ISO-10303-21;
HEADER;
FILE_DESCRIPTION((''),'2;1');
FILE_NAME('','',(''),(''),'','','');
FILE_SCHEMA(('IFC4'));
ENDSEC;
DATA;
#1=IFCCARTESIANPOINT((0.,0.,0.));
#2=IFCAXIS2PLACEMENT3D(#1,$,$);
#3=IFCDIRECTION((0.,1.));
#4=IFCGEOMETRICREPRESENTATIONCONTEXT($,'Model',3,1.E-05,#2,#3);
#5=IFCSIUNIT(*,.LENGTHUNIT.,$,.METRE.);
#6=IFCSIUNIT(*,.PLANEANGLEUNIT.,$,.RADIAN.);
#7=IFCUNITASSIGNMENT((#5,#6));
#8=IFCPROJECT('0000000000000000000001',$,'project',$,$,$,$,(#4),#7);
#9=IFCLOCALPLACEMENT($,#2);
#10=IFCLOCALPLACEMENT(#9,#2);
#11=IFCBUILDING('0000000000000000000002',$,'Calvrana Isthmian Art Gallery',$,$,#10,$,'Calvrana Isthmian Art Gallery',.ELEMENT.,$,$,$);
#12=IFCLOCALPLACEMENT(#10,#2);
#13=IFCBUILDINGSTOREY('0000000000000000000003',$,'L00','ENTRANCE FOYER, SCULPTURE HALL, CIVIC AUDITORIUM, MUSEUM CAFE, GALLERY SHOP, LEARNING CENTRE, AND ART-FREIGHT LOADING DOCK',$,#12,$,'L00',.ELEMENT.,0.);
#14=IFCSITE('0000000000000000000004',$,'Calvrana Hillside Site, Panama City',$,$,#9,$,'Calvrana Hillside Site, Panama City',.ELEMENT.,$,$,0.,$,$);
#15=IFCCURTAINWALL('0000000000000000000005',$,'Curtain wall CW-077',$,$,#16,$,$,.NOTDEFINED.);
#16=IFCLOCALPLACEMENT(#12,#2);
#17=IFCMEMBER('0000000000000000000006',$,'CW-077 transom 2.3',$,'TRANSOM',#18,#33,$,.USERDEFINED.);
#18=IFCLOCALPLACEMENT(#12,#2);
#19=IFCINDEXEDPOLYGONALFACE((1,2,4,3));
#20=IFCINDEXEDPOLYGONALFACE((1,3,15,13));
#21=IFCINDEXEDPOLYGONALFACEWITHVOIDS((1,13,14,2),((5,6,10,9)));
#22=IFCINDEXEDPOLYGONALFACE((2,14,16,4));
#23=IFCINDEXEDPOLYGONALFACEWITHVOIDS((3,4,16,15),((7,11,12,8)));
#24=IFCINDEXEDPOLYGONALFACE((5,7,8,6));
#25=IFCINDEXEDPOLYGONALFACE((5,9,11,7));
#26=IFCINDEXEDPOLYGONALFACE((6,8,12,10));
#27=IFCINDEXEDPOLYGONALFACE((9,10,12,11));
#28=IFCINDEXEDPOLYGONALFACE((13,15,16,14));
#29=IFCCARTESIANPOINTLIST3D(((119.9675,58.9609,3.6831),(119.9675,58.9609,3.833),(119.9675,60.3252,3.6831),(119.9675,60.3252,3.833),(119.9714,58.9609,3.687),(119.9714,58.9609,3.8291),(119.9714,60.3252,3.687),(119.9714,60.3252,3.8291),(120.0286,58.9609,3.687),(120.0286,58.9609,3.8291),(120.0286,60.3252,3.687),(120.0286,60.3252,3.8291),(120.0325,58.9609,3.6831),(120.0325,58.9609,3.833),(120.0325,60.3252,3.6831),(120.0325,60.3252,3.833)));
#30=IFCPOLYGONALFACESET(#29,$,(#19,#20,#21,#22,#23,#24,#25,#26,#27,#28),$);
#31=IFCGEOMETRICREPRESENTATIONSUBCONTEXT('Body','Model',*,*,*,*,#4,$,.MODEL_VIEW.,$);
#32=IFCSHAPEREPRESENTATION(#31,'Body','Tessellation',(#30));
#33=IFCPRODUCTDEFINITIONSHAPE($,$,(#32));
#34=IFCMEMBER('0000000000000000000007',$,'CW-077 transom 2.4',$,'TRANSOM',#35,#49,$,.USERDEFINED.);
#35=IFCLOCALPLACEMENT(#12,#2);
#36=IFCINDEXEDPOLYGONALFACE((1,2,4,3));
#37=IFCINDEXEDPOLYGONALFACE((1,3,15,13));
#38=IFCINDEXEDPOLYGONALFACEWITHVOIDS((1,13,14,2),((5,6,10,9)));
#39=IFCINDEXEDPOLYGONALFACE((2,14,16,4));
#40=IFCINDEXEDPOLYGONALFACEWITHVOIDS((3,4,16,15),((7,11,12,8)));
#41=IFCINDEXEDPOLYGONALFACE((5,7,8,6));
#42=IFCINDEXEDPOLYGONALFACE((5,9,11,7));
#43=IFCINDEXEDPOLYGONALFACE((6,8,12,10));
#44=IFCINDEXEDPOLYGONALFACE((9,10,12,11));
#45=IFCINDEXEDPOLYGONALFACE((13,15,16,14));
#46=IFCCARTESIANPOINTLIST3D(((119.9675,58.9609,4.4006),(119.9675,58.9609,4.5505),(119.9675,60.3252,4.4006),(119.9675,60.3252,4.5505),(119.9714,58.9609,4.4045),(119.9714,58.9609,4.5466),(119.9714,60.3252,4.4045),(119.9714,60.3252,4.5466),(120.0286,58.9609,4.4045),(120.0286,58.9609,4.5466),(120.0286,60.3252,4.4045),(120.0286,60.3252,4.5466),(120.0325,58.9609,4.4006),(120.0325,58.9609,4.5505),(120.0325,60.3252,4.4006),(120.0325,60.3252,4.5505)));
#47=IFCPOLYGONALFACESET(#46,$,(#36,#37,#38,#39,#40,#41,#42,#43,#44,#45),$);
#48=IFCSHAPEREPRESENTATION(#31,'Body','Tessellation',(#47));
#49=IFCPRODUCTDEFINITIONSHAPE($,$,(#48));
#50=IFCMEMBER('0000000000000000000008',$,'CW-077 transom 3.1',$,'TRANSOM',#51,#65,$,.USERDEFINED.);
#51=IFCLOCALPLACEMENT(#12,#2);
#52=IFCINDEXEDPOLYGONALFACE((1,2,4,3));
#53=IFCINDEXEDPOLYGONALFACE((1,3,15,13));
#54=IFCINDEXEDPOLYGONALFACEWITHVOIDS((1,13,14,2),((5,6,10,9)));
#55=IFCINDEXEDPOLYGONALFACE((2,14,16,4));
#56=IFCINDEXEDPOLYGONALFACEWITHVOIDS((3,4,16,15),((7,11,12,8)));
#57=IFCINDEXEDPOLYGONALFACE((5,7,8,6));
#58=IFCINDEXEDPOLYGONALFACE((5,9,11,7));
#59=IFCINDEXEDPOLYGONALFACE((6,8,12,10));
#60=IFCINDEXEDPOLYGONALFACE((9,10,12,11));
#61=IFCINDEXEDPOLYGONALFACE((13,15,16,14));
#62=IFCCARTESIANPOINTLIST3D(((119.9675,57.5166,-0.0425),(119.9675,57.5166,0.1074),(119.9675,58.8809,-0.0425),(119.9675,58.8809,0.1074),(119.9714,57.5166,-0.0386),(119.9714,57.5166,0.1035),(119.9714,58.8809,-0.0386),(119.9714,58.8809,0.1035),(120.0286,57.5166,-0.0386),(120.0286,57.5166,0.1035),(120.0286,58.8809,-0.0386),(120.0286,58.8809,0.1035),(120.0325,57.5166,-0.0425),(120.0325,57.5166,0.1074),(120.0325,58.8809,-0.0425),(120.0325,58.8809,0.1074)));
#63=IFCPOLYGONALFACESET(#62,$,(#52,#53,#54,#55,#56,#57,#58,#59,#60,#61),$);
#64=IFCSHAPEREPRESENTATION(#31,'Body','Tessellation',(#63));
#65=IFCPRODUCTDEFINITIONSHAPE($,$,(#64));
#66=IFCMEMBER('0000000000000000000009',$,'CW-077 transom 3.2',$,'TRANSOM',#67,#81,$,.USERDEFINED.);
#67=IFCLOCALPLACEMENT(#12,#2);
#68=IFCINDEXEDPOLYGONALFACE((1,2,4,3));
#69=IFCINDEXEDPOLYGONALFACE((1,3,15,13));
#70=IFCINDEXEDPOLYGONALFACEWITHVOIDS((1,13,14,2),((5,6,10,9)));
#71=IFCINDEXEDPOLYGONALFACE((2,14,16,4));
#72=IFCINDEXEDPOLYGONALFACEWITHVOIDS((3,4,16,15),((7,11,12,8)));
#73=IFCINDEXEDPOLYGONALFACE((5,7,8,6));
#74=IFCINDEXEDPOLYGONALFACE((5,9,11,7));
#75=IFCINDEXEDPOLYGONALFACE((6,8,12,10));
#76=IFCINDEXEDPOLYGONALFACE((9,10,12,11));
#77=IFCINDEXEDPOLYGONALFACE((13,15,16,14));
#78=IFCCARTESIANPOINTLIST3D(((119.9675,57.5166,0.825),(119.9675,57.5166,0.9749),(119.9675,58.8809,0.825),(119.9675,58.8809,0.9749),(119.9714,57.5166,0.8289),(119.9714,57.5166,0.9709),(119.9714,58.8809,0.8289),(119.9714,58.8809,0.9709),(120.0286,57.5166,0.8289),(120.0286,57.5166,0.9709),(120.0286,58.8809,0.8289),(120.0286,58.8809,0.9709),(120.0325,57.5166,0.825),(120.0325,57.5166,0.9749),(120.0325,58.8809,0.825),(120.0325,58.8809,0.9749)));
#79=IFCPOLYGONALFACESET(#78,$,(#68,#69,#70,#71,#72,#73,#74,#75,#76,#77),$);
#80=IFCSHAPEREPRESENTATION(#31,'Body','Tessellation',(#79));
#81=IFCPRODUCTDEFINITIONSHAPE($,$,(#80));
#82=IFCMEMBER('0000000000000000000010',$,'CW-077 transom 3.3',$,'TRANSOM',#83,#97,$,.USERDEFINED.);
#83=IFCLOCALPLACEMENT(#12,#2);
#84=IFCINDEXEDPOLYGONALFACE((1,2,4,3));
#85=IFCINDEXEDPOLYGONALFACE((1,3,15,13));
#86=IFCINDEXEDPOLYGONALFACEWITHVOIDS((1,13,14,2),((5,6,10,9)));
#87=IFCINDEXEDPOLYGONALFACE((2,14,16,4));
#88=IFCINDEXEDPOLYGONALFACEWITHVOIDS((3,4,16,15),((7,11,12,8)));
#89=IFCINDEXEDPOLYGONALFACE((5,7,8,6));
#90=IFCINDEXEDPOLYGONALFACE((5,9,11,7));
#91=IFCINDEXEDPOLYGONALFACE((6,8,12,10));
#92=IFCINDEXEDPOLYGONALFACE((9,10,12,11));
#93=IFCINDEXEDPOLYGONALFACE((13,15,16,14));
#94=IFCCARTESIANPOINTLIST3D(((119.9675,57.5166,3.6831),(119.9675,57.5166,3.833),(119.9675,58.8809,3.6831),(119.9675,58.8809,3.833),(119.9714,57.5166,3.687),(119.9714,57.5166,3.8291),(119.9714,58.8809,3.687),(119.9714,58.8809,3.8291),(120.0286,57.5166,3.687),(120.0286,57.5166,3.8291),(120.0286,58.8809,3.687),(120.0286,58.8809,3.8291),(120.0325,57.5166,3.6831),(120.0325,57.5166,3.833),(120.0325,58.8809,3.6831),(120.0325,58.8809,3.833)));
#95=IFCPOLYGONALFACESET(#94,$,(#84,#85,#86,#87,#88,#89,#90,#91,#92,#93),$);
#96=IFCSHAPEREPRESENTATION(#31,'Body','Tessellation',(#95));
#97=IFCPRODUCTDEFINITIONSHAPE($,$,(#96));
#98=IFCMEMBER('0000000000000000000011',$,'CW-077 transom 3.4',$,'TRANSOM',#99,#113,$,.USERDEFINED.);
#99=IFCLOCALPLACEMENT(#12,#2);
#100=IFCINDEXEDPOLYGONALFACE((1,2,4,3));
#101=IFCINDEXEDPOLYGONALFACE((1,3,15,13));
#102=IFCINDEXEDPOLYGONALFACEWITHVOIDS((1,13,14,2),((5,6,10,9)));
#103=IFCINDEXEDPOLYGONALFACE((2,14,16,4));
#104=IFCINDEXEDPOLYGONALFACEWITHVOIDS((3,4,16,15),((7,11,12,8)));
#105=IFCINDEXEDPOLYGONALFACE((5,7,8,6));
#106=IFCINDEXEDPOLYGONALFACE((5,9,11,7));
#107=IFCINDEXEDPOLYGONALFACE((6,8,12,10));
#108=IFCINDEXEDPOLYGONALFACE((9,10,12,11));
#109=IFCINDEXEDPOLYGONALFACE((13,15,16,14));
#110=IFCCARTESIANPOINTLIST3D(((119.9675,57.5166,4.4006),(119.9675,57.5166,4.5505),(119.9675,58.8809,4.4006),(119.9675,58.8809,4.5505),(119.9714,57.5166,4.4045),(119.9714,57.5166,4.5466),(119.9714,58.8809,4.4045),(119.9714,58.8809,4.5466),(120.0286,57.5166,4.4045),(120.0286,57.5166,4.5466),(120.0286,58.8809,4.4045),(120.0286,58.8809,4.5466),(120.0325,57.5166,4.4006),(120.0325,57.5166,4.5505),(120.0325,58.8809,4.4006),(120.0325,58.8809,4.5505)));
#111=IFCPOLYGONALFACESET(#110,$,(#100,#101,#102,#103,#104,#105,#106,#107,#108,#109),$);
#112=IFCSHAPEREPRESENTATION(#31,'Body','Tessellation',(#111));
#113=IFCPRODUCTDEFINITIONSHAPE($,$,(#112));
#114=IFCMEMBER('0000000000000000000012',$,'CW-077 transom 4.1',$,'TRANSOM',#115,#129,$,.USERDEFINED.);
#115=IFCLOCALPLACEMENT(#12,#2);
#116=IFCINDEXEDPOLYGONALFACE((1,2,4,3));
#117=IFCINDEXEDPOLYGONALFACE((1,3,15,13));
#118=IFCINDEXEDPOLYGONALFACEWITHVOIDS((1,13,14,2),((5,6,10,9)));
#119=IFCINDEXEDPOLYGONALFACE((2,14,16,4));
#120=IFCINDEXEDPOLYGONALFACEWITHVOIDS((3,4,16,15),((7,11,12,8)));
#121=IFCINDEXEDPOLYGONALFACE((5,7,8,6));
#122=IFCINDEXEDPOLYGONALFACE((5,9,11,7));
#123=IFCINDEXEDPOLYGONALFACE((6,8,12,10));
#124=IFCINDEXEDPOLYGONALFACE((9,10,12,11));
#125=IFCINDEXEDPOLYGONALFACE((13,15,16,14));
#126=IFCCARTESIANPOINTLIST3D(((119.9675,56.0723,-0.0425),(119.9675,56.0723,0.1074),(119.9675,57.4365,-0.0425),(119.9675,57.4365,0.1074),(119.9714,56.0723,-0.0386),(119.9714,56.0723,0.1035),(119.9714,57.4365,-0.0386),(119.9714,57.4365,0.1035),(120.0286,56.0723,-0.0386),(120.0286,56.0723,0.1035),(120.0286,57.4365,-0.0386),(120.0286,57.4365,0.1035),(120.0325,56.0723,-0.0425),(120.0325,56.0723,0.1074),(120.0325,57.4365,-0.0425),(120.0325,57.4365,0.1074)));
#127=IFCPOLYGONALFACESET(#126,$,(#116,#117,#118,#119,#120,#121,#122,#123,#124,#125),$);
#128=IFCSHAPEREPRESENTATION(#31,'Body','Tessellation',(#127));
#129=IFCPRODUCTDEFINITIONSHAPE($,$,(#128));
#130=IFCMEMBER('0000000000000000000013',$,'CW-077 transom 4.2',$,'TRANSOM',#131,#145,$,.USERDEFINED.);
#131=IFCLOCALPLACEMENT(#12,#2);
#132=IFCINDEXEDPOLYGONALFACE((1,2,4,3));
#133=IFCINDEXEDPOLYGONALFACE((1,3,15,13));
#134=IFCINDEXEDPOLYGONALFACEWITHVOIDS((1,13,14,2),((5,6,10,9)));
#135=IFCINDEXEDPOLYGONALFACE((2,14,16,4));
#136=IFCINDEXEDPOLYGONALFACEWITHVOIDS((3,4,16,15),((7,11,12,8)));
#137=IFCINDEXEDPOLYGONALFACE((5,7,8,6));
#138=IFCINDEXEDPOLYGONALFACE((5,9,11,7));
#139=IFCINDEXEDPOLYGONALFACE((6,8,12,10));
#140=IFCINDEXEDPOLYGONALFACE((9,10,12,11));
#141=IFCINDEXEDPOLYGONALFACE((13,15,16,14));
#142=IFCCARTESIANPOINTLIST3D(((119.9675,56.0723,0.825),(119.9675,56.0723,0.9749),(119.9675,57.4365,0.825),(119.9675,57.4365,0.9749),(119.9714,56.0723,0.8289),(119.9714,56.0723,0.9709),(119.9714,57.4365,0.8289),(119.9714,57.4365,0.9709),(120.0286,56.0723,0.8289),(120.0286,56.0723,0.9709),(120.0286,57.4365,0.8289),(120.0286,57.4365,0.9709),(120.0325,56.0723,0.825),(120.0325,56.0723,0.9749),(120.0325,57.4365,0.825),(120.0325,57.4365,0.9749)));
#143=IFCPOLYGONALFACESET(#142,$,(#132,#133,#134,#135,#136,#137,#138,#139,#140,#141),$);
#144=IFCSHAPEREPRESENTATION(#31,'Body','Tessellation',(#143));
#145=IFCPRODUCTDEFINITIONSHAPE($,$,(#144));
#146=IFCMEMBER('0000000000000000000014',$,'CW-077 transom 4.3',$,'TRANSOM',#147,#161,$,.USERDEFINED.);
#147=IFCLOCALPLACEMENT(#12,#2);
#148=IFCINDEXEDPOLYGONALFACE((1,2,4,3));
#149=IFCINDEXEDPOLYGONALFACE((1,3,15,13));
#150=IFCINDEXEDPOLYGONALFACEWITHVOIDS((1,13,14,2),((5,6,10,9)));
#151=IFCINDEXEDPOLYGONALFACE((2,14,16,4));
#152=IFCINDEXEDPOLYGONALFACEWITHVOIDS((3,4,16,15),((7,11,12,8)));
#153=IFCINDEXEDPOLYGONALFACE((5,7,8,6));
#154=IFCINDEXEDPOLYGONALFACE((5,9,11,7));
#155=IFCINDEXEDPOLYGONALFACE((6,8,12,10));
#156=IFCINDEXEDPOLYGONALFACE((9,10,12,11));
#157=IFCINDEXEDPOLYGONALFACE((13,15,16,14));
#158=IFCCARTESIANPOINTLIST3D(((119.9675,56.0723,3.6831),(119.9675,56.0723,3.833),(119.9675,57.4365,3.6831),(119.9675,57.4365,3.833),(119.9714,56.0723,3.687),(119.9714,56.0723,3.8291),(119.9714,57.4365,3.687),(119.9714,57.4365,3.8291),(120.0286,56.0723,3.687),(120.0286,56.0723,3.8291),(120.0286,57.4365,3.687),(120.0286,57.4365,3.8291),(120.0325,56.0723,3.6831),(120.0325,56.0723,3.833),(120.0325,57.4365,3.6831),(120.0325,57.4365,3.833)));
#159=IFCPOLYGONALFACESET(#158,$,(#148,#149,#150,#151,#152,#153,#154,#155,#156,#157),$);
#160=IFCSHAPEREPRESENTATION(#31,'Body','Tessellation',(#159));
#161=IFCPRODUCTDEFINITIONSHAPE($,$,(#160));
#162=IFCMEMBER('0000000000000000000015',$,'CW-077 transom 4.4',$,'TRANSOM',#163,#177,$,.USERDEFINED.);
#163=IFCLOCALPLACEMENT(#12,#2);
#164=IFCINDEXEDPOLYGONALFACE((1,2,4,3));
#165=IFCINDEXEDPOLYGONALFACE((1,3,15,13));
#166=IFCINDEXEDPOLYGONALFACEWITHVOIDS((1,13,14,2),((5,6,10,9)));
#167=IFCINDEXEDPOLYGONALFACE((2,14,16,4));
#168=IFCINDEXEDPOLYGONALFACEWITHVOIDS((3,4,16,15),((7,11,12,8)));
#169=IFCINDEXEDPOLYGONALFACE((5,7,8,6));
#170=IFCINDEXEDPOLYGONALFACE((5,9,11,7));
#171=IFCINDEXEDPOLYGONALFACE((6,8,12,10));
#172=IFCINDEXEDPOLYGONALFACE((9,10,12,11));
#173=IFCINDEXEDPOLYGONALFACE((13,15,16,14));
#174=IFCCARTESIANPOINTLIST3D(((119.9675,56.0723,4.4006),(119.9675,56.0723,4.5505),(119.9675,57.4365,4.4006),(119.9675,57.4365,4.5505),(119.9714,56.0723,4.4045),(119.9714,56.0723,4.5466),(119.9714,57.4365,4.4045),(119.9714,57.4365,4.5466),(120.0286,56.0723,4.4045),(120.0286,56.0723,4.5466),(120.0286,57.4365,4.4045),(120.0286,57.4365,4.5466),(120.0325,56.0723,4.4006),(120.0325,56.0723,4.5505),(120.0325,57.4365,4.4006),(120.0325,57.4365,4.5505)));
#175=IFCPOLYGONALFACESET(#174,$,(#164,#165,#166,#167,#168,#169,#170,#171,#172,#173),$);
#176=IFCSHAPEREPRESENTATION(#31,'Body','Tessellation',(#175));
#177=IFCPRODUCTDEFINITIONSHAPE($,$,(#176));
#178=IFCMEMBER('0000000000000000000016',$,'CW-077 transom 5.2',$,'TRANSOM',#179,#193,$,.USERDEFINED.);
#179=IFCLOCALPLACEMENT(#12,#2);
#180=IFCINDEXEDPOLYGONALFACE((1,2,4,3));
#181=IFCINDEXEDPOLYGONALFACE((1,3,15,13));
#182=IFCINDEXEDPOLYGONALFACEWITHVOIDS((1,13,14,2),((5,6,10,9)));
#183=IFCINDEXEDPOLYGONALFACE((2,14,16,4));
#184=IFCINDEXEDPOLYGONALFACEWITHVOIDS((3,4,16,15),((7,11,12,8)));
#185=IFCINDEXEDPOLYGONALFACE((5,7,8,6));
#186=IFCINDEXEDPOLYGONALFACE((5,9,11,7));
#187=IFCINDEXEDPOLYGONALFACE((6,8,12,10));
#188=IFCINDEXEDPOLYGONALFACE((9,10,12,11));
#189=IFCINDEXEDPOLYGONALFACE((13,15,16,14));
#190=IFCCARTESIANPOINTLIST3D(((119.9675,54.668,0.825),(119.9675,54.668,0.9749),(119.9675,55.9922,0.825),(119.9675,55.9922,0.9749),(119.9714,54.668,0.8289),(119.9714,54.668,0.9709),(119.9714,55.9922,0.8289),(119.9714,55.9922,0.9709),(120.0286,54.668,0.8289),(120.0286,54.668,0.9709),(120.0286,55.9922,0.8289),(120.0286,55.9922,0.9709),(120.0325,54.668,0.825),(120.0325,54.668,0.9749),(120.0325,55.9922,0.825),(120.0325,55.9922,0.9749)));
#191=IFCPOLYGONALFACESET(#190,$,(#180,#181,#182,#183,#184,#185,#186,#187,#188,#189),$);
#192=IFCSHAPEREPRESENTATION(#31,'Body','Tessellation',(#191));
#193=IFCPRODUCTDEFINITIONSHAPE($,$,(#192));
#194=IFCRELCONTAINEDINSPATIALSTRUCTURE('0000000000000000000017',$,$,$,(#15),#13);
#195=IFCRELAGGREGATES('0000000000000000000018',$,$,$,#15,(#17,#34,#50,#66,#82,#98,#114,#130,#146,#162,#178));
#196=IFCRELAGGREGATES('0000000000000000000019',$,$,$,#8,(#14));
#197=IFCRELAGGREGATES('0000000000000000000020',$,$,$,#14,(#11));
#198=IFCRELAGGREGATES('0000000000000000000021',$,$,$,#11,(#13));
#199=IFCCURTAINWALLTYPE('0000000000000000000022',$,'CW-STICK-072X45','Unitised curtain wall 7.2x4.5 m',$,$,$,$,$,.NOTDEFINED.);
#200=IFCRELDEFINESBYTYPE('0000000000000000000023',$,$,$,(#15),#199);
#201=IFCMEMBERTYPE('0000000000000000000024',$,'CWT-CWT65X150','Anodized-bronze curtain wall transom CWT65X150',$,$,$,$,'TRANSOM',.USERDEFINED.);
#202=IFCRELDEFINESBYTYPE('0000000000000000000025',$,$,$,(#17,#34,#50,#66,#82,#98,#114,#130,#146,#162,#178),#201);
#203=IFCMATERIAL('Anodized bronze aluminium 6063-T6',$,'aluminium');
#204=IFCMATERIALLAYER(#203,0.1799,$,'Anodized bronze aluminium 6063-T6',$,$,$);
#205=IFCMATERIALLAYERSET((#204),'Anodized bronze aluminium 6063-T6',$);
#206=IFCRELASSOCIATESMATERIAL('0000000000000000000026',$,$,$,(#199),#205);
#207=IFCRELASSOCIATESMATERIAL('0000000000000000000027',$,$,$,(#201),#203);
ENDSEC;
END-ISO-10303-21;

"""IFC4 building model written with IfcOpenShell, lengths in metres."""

from ifc_helpers import new_model, si_unit, direction, frame, origin, origin_2d, place, context, subcontext, project, spatial, hollow_rectangle, extrude, material, layer, layer_set, material_profile, profile_set, type_object, element, aggregate, save


model = new_model("IFC4")

# Units and contexts
model_context = context("Model", 3, precision=1e-05, world=origin(), true_north=direction((0.0, 1.0)))
body_context = subcontext(model_context, "Body", "Model", "MODEL_VIEW")
ifc_project = project(units=[si_unit("LENGTHUNIT", "METRE"), si_unit("PLANEANGLEUNIT", "RADIAN")], contexts=[model_context])

# Site, building, storey
site_placement = place(None, origin())
site = spatial("IfcSite", under=ifc_project, at=site_placement, Name="Calvrana Hillside Site, Panama City", LongName="Calvrana Hillside Site, Panama City", CompositionType="ELEMENT", RefElevation=0.0)
building_placement = place(site_placement, origin())
building = spatial("IfcBuilding", under=site, at=building_placement, Name="Calvrana Isthmian Art Gallery", LongName="Calvrana Isthmian Art Gallery", CompositionType="ELEMENT")
storey_placement = place(building_placement, origin())
storey = spatial("IfcBuildingStorey", under=building, at=storey_placement, Name="L00", Description="ENTRANCE FOYER, SCULPTURE HALL, CIVIC AUDITORIUM, MUSEUM CAFE, GALLERY SHOP, LEARNING CENTRE, AND ART-FREIGHT LOADING DOCK", LongName="L00", CompositionType="ELEMENT", Elevation=0.0)

# Curtain wall, members
ifc_material_1 = material(Name="Anodized bronze aluminium 6063-T6", Category="aluminium")
ifc_layer_1 = layer(ifc_material_1, 0.1799, Name="Anodized bronze aluminium 6063-T6")
ifc_layer_set_1 = layer_set([ifc_layer_1], Name="Anodized bronze aluminium 6063-T6")
curtain_wall_type = type_object("IfcCurtainWallType", Name="CW-STICK-072X45", Description="Unitised curtain wall 7.2x4.5 m", PredefinedType="NOTDEFINED", material=ifc_layer_set_1)
curtain_wall_placement = place(storey_placement, origin())
curtain_wall = element("IfcCurtainWall", 1, at=curtain_wall_placement, inside=storey, type_object=curtain_wall_type, Name="Curtain wall CW-077", PredefinedType="NOTDEFINED")
ifc_material_profile_1 = material_profile(ifc_material_1, hollow_rectangle(XDim=0.0649, YDim=0.1499, WallThickness=0.0039, at=origin_2d()), Name="CWT65X150")
ifc_profile_set_1 = profile_set([ifc_material_profile_1], Name="Anodized bronze aluminium 6063-T6")
member_type_1 = type_object("IfcMemberType", Name="CWT-CWT65X150", Description="Anodized-bronze curtain wall transom CWT65X150", ElementType="TRANSOM", PredefinedType="USERDEFINED", material=ifc_profile_set_1)
member_1_placement = place(storey_placement, frame((120.0, 60.3252, 3.7581), z_axis=(0.0, -1.0, 0.0), x_axis=(1.0, 0.0, 0.0)))
member_1 = element("IfcMember", 2, at=member_1_placement, type_object=member_type_1, Name="CW-077 transom 2.3", ObjectType="TRANSOM", PredefinedType="USERDEFINED", context=body_context, shape_type="SweptSolid", body=[
    extrude(hollow_rectangle(XDim=0.0649, YDim=0.1499, WallThickness=0.0039, at=origin_2d()), origin(), (0.0, 0.0, 1.0), 1.3643),
])
member_2_placement = place(storey_placement, frame((120.0, 60.3252, 4.4756), z_axis=(0.0, -1.0, 0.0), x_axis=(1.0, 0.0, 0.0)))
member_2 = element("IfcMember", 3, at=member_2_placement, type_object=member_type_1, Name="CW-077 transom 2.4", ObjectType="TRANSOM", PredefinedType="USERDEFINED", context=body_context, shape_type="SweptSolid", body=[
    extrude(hollow_rectangle(XDim=0.0649, YDim=0.1499, WallThickness=0.0039, at=origin_2d()), origin(), (0.0, 0.0, 1.0), 1.3643),
])
member_3_placement = place(storey_placement, frame((120.0, 58.8809, 0.0325), z_axis=(0.0, -1.0, 0.0), x_axis=(1.0, 0.0, 0.0)))
member_3 = element("IfcMember", 4, at=member_3_placement, type_object=member_type_1, Name="CW-077 transom 3.1", ObjectType="TRANSOM", PredefinedType="USERDEFINED", context=body_context, shape_type="SweptSolid", body=[
    extrude(hollow_rectangle(XDim=0.0649, YDim=0.1499, WallThickness=0.0039, at=origin_2d()), origin(), (0.0, 0.0, 1.0), 1.3643),
])
member_4_placement = place(storey_placement, frame((120.0, 58.8809, 0.8999), z_axis=(0.0, -1.0, 0.0), x_axis=(1.0, 0.0, 0.0)))
member_4 = element("IfcMember", 5, at=member_4_placement, type_object=member_type_1, Name="CW-077 transom 3.2", ObjectType="TRANSOM", PredefinedType="USERDEFINED", context=body_context, shape_type="SweptSolid", body=[
    extrude(hollow_rectangle(XDim=0.0649, YDim=0.1499, WallThickness=0.0039, at=origin_2d()), origin(), (0.0, 0.0, 1.0), 1.3643),
])
member_5_placement = place(storey_placement, frame((120.0, 58.8809, 3.7581), z_axis=(0.0, -1.0, 0.0), x_axis=(1.0, 0.0, 0.0)))
member_5 = element("IfcMember", 6, at=member_5_placement, type_object=member_type_1, Name="CW-077 transom 3.3", ObjectType="TRANSOM", PredefinedType="USERDEFINED", context=body_context, shape_type="SweptSolid", body=[
    extrude(hollow_rectangle(XDim=0.0649, YDim=0.1499, WallThickness=0.0039, at=origin_2d()), origin(), (0.0, 0.0, 1.0), 1.3643),
])
member_6_placement = place(storey_placement, frame((120.0, 58.8809, 4.4756), z_axis=(0.0, -1.0, 0.0), x_axis=(1.0, 0.0, 0.0)))
member_6 = element("IfcMember", 7, at=member_6_placement, type_object=member_type_1, Name="CW-077 transom 3.4", ObjectType="TRANSOM", PredefinedType="USERDEFINED", context=body_context, shape_type="SweptSolid", body=[
    extrude(hollow_rectangle(XDim=0.0649, YDim=0.1499, WallThickness=0.0039, at=origin_2d()), origin(), (0.0, 0.0, 1.0), 1.3643),
])
member_7_placement = place(storey_placement, frame((120.0, 57.4365, 0.0325), z_axis=(0.0, -1.0, 0.0), x_axis=(1.0, 0.0, 0.0)))
member_7 = element("IfcMember", 8, at=member_7_placement, type_object=member_type_1, Name="CW-077 transom 4.1", ObjectType="TRANSOM", PredefinedType="USERDEFINED", context=body_context, shape_type="SweptSolid", body=[
    extrude(hollow_rectangle(XDim=0.0649, YDim=0.1499, WallThickness=0.0039, at=origin_2d()), origin(), (0.0, 0.0, 1.0), 1.3643),
])
member_8_placement = place(storey_placement, frame((120.0, 57.4365, 0.8999), z_axis=(0.0, -1.0, 0.0), x_axis=(1.0, 0.0, 0.0)))
member_8 = element("IfcMember", 9, at=member_8_placement, type_object=member_type_1, Name="CW-077 transom 4.2", ObjectType="TRANSOM", PredefinedType="USERDEFINED", context=body_context, shape_type="SweptSolid", body=[
    extrude(hollow_rectangle(XDim=0.0649, YDim=0.1499, WallThickness=0.0039, at=origin_2d()), origin(), (0.0, 0.0, 1.0), 1.3643),
])
member_9_placement = place(storey_placement, frame((120.0, 57.4365, 3.7581), z_axis=(0.0, -1.0, 0.0), x_axis=(1.0, 0.0, 0.0)))
member_9 = element("IfcMember", 10, at=member_9_placement, type_object=member_type_1, Name="CW-077 transom 4.3", ObjectType="TRANSOM", PredefinedType="USERDEFINED", context=body_context, shape_type="SweptSolid", body=[
    extrude(hollow_rectangle(XDim=0.0649, YDim=0.1499, WallThickness=0.0039, at=origin_2d()), origin(), (0.0, 0.0, 1.0), 1.3643),
])
member_10_placement = place(storey_placement, frame((120.0, 57.4365, 4.4756), z_axis=(0.0, -1.0, 0.0), x_axis=(1.0, 0.0, 0.0)))
member_10 = element("IfcMember", 11, at=member_10_placement, type_object=member_type_1, Name="CW-077 transom 4.4", ObjectType="TRANSOM", PredefinedType="USERDEFINED", context=body_context, shape_type="SweptSolid", body=[
    extrude(hollow_rectangle(XDim=0.0649, YDim=0.1499, WallThickness=0.0039, at=origin_2d()), origin(), (0.0, 0.0, 1.0), 1.3643),
])
member_11_placement = place(storey_placement, frame((120.0, 55.9922, 0.8999), z_axis=(0.0, -1.0, 0.0), x_axis=(1.0, 0.0, 0.0)))
member_11 = element("IfcMember", 12, at=member_11_placement, type_object=member_type_1, Name="CW-077 transom 5.2", ObjectType="TRANSOM", PredefinedType="USERDEFINED", context=body_context, shape_type="SweptSolid", body=[
    extrude(hollow_rectangle(XDim=0.0649, YDim=0.1499, WallThickness=0.0039, at=origin_2d()), origin(), (0.0, 0.0, 1.0), 1.3242),
])
aggregate(curtain_wall, [member_1, member_2, member_3, member_4, member_5, member_6, member_7, member_8, member_9, member_10, member_11])

save(model, "model.ifc")
